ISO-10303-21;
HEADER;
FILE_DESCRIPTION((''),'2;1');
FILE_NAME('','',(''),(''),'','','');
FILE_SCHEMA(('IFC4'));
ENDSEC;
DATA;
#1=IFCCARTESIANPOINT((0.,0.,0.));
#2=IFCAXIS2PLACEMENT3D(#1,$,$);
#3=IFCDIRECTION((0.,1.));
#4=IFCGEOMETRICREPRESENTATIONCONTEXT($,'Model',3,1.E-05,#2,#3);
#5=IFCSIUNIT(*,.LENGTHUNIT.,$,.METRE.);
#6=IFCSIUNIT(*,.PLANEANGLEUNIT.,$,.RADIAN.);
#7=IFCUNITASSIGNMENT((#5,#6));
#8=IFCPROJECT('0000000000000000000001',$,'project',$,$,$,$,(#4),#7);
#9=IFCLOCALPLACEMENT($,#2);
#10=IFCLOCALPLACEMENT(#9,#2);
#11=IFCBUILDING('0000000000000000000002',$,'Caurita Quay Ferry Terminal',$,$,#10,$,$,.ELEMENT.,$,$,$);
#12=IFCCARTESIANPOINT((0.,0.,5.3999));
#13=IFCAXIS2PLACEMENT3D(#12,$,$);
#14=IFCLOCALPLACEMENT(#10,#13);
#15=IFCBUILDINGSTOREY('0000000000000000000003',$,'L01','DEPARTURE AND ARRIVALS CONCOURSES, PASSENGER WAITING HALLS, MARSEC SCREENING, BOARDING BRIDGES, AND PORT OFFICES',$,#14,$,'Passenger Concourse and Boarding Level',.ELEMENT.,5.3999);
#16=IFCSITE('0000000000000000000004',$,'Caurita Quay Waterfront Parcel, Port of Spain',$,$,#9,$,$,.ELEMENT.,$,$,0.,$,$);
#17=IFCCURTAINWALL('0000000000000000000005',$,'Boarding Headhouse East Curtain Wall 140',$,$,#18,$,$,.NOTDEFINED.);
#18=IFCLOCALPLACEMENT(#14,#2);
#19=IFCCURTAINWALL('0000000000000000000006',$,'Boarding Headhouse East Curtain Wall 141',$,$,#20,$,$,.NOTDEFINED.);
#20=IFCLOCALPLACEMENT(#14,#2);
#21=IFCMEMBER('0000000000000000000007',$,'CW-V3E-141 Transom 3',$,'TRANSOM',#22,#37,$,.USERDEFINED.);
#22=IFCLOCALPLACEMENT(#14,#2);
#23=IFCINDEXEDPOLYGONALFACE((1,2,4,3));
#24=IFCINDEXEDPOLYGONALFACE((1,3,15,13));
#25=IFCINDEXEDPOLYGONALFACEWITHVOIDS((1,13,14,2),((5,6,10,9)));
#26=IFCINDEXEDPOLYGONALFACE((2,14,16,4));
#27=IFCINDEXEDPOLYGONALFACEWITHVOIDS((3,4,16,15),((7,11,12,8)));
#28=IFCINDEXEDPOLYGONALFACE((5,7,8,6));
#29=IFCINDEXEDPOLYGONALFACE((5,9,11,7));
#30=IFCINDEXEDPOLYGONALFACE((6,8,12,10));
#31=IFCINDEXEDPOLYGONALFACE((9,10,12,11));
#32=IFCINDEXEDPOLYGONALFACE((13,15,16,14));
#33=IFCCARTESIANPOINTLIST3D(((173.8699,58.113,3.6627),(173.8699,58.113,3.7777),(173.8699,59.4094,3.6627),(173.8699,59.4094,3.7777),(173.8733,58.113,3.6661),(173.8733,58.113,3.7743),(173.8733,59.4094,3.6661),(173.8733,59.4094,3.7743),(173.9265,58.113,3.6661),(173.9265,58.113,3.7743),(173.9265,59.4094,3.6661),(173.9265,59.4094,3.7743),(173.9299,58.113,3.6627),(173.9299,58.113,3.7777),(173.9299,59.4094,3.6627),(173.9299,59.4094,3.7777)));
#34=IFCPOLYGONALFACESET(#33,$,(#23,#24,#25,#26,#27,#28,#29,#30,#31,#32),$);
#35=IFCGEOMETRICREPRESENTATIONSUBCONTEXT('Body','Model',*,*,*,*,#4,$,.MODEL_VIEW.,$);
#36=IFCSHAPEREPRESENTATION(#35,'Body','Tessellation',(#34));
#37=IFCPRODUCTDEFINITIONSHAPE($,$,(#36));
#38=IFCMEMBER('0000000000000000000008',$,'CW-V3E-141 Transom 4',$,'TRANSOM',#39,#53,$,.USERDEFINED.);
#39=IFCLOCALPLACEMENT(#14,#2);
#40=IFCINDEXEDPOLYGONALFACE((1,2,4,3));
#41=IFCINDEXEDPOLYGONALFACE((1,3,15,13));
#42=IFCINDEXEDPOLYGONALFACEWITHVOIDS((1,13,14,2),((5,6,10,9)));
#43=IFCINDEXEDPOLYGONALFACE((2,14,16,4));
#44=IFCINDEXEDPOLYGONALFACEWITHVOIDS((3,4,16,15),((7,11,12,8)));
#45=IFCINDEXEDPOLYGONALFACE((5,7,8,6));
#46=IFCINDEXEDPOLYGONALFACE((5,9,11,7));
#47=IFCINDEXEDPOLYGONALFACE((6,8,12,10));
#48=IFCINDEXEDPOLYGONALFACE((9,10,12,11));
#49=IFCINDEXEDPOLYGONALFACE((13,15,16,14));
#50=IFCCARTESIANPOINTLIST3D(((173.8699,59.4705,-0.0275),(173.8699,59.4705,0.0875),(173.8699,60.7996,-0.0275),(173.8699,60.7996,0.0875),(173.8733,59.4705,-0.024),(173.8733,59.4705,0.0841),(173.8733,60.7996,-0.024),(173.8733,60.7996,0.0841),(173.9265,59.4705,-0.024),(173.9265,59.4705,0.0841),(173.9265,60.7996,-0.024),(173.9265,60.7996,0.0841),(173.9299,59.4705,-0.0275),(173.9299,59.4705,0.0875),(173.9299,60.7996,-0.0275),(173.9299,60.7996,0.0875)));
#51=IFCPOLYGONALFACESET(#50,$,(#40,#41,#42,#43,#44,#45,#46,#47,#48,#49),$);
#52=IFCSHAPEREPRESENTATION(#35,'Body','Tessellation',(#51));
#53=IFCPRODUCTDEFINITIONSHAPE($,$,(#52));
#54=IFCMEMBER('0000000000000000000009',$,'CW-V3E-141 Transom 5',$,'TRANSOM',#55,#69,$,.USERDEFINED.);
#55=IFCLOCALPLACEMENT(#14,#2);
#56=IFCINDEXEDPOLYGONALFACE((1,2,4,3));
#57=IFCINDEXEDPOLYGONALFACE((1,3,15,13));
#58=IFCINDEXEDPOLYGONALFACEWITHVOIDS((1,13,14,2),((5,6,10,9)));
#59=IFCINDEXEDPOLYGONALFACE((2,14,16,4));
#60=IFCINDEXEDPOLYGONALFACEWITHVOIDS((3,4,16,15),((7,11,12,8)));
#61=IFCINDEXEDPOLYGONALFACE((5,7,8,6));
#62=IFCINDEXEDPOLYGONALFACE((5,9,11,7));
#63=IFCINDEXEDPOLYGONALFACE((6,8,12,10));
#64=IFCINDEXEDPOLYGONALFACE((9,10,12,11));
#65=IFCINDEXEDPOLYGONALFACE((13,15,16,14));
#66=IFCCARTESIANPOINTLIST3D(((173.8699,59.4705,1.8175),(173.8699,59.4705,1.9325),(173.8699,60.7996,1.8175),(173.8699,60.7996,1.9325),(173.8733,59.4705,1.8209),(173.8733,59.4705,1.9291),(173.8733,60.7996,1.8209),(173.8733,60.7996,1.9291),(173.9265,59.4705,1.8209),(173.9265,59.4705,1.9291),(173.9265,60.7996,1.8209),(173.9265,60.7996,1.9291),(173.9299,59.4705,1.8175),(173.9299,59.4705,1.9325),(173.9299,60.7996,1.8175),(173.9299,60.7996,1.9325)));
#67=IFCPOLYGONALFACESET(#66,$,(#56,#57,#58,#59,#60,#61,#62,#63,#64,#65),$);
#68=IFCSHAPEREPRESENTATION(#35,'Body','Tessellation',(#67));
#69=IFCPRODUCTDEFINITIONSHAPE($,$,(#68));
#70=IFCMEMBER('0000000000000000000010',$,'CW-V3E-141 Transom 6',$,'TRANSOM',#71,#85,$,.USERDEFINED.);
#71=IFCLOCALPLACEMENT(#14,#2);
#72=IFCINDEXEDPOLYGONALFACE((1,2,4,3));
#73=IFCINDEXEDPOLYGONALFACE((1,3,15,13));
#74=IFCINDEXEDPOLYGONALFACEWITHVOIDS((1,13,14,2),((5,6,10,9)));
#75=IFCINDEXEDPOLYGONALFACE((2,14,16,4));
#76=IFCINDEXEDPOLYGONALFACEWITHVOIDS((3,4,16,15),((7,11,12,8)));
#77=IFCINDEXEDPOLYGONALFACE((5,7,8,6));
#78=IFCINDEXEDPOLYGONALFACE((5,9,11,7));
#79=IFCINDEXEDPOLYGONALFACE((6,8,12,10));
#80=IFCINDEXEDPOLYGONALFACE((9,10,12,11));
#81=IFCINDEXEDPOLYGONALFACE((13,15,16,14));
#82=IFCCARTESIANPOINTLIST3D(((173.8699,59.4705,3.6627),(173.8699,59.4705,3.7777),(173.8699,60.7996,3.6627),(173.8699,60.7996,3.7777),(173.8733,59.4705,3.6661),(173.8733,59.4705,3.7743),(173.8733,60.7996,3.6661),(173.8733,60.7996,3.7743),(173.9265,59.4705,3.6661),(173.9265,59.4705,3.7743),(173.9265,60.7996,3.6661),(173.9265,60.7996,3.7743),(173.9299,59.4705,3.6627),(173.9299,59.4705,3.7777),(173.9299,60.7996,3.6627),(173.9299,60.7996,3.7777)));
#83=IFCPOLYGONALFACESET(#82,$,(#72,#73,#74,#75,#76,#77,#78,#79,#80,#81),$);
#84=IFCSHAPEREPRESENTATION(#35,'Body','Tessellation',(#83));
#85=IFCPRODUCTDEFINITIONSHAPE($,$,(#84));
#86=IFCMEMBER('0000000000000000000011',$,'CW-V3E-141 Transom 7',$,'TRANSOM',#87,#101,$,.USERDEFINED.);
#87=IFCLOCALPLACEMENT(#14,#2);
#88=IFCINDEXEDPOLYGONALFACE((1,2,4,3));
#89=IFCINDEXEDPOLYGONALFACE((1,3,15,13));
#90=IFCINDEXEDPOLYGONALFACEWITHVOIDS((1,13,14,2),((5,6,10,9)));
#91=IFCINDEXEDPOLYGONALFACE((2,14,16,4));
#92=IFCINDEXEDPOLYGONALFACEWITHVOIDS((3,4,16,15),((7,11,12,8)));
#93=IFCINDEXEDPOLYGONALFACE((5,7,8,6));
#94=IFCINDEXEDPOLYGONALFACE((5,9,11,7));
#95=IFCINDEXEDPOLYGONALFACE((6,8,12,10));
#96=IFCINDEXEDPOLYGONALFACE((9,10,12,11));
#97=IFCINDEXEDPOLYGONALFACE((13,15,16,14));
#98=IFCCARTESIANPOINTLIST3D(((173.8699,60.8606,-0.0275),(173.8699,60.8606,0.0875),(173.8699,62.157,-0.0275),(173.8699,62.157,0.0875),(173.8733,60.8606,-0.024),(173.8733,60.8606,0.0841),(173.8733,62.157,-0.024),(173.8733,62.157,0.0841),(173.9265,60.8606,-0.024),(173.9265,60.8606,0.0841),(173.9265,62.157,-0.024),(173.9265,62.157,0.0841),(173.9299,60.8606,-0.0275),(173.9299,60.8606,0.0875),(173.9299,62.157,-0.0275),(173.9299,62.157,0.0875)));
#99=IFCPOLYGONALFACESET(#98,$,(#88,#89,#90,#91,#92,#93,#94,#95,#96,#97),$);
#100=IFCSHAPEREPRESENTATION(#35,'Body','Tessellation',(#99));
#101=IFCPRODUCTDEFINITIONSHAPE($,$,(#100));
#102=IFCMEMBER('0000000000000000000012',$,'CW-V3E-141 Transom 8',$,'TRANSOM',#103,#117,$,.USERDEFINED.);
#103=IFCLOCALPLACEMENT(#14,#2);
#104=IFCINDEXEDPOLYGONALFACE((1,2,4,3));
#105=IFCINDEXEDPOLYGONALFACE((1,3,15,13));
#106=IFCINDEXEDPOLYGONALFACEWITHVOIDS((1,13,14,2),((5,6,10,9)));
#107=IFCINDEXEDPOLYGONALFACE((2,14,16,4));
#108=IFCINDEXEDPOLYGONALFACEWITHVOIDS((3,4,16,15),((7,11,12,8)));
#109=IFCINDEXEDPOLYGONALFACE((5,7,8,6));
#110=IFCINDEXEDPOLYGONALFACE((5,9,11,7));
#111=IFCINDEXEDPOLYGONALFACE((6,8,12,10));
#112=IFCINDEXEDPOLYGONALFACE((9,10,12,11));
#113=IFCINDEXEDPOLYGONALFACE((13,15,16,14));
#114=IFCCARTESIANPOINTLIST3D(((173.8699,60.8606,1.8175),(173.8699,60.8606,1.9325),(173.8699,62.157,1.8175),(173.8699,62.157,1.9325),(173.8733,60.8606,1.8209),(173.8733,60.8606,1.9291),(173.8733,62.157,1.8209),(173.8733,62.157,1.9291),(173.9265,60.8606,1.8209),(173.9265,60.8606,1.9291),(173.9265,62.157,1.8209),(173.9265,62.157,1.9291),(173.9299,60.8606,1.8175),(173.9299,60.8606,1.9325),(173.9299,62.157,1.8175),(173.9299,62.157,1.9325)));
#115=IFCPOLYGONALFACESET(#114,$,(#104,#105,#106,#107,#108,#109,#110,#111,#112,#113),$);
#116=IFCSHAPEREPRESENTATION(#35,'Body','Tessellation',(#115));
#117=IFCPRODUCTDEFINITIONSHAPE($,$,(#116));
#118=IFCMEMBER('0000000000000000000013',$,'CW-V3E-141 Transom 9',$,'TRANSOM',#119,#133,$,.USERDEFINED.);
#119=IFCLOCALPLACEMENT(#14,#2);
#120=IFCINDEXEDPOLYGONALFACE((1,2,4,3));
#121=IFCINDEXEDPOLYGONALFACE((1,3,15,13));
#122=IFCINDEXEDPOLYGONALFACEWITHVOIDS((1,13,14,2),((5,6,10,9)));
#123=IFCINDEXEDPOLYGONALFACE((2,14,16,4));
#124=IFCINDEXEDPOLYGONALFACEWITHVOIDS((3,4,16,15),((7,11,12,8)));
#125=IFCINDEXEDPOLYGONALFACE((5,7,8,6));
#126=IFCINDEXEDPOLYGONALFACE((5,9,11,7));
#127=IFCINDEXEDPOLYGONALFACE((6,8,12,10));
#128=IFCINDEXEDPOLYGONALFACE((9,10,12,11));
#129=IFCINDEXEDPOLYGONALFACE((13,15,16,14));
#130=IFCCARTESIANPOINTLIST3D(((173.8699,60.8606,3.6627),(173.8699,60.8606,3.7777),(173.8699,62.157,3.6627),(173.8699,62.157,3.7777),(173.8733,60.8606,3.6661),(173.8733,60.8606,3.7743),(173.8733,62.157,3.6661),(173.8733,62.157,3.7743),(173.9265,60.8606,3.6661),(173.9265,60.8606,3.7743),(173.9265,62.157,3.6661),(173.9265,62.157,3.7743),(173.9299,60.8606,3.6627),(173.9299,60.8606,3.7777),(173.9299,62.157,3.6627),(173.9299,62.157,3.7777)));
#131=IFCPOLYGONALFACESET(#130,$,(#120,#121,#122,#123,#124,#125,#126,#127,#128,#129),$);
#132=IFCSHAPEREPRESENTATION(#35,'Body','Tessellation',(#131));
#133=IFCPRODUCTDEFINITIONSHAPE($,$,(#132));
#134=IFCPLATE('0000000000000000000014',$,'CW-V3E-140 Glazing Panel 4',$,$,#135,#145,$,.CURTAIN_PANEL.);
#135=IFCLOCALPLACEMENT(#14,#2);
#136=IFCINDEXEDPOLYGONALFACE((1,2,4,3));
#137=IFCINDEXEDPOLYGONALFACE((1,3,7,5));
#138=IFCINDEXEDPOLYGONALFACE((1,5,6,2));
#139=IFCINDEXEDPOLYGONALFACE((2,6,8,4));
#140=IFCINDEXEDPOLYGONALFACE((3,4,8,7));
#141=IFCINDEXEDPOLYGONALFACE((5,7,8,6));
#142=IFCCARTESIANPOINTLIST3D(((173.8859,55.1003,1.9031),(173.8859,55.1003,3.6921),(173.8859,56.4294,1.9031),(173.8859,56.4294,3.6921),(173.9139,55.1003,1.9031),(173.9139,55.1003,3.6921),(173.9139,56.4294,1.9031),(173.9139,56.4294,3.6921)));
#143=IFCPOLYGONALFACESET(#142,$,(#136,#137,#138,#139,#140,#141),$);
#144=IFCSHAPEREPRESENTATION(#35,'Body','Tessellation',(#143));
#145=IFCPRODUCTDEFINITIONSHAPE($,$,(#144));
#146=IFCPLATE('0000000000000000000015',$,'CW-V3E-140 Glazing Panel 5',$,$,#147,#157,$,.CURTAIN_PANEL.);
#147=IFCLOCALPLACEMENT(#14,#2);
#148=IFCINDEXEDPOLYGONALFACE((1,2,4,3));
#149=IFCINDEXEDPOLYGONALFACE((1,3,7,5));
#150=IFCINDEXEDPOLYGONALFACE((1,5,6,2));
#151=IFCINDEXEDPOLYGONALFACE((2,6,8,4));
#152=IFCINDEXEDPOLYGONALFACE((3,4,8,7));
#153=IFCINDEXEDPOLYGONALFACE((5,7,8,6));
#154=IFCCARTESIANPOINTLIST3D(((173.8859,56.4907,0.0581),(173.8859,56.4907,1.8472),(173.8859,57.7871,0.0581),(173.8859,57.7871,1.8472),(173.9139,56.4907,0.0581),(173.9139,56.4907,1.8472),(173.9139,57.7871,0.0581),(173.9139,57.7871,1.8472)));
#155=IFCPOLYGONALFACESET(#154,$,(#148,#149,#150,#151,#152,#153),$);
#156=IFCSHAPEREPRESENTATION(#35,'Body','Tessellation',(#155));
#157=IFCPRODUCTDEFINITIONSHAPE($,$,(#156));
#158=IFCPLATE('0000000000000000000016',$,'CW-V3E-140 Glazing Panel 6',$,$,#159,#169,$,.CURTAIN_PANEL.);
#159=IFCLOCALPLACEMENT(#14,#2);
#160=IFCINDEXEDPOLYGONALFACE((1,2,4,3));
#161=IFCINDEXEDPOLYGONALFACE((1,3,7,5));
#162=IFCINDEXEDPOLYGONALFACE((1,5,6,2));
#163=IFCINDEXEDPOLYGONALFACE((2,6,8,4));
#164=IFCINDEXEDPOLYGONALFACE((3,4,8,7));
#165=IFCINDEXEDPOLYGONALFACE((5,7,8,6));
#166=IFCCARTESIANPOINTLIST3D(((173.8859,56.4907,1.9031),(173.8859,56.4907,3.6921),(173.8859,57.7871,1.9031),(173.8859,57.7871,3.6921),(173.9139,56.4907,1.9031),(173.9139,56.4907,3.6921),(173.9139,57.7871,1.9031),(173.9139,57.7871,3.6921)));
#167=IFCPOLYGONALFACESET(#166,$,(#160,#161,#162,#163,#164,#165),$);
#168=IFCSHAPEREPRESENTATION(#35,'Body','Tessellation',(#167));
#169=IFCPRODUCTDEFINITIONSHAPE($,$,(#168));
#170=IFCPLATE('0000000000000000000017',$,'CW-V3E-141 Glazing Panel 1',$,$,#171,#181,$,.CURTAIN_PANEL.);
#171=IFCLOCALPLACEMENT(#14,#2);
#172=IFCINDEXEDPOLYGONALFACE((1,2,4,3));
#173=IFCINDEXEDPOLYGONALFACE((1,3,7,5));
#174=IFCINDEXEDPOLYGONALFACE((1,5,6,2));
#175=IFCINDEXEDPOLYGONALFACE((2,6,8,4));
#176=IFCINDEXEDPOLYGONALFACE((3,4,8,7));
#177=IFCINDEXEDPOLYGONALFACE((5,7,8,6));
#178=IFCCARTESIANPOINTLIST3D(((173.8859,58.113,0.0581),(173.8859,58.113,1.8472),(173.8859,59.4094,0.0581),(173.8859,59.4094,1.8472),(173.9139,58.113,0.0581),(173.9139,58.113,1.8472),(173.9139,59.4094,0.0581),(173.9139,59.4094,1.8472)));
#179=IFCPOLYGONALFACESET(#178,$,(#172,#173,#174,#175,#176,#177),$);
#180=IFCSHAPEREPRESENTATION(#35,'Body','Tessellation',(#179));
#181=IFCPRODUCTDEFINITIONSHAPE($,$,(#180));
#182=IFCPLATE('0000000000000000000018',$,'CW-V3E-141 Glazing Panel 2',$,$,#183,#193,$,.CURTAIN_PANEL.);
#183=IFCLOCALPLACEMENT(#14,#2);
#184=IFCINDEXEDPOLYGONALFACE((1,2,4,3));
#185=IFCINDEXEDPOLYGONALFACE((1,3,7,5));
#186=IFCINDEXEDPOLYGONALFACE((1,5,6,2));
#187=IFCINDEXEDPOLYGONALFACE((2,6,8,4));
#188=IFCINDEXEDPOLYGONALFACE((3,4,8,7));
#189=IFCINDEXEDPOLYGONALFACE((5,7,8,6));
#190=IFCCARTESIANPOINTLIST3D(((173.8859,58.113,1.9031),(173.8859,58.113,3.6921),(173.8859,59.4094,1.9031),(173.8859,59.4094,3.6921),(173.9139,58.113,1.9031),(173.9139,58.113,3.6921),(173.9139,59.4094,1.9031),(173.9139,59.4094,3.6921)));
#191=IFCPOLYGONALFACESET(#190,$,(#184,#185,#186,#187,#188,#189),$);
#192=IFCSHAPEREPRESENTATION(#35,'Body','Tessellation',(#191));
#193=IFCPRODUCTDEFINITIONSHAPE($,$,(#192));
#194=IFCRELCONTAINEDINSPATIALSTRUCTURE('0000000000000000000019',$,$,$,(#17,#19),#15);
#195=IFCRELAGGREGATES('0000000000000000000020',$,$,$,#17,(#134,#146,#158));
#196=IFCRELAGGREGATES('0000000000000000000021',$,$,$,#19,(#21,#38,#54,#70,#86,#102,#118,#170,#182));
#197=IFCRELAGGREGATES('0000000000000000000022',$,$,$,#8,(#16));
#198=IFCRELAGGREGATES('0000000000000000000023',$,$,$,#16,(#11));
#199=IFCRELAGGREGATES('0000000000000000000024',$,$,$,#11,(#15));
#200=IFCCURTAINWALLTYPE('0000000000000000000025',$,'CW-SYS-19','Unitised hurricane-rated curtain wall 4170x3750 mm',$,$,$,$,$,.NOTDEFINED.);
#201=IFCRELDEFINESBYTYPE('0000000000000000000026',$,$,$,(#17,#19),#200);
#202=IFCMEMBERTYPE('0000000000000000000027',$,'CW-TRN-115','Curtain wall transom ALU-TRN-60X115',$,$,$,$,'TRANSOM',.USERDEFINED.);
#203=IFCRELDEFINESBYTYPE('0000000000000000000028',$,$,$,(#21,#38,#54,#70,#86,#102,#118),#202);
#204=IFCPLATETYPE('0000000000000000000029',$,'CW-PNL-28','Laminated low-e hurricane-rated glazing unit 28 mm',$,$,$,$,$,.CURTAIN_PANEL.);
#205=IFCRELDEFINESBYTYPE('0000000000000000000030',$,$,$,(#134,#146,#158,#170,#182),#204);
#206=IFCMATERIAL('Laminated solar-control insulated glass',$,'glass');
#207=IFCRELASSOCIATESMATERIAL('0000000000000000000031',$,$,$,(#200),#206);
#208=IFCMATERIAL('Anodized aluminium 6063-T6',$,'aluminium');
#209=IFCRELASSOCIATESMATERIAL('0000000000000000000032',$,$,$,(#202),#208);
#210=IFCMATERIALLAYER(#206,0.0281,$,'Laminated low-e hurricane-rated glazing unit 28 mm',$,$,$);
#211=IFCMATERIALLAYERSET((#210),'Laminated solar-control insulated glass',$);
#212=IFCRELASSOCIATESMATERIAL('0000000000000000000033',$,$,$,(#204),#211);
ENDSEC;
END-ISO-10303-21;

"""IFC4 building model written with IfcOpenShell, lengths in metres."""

from ifc_helpers import new_model, si_unit, direction, frame, origin, origin_2d, place, context, subcontext, project, spatial, rectangle, hollow_rectangle, extrude, material, layer, layer_set, material_profile, profile_set, type_object, element, aggregate, save


model = new_model("IFC4")

# Units and contexts
model_context = context("Model", 3, precision=1e-05, world=origin(), true_north=direction((0.0, 1.0)))
body_context = subcontext(model_context, "Body", "Model", "MODEL_VIEW")
ifc_project = project(units=[si_unit("LENGTHUNIT", "METRE"), si_unit("PLANEANGLEUNIT", "RADIAN")], contexts=[model_context])

# Site, building, storey
site_placement = place(None, origin())
site = spatial("IfcSite", under=ifc_project, at=site_placement, Name="Caurita Quay Waterfront Parcel, Port of Spain", CompositionType="ELEMENT", RefElevation=0.0)
building_placement = place(site_placement, origin())
building = spatial("IfcBuilding", under=site, at=building_placement, Name="Caurita Quay Ferry Terminal", CompositionType="ELEMENT")
storey_placement = place(building_placement, frame((0.0, 0.0, 5.3999)))
storey = spatial("IfcBuildingStorey", under=building, at=storey_placement, Name="L01", Description="DEPARTURE AND ARRIVALS CONCOURSES, PASSENGER WAITING HALLS, MARSEC SCREENING, BOARDING BRIDGES, AND PORT OFFICES", LongName="Passenger Concourse and Boarding Level", CompositionType="ELEMENT", Elevation=5.3999)

# Curtain walls
ifc_material_1 = material(Name="Laminated solar-control insulated glass", Category="glass")
curtain_wall_type = type_object("IfcCurtainWallType", Name="CW-SYS-19", Description="Unitised hurricane-rated curtain wall 4170x3750 mm", PredefinedType="NOTDEFINED", material=ifc_material_1)
curtain_wall_1_placement = place(storey_placement, origin())
curtain_wall_1 = element("IfcCurtainWall", 1, at=curtain_wall_1_placement, inside=storey, type_object=curtain_wall_type, Name="Boarding Headhouse East Curtain Wall 140", PredefinedType="NOTDEFINED")
ifc_material_2 = material(Name="Anodized aluminium 6063-T6", Category="aluminium")
curtain_wall_2_placement = place(storey_placement, origin())
curtain_wall_2 = element("IfcCurtainWall", 2, at=curtain_wall_2_placement, inside=storey, type_object=curtain_wall_type, Name="Boarding Headhouse East Curtain Wall 141", PredefinedType="NOTDEFINED")

# Members
ifc_material_profile_1 = material_profile(ifc_material_2, hollow_rectangle(XDim=0.0601, YDim=0.115, WallThickness=0.0034, at=origin_2d()), Name="ALU-TRN-60X115")
ifc_profile_set_1 = profile_set([ifc_material_profile_1], Name="Anodized aluminium 6063-T6")
member_type_1 = type_object("IfcMemberType", Name="CW-TRN-115", Description="Curtain wall transom ALU-TRN-60X115", ElementType="TRANSOM", PredefinedType="USERDEFINED", material=ifc_profile_set_1)
member_1_placement = place(storey_placement, frame((173.8999, 58.113, 3.7202), z_axis=(0.0, 1.0, 0.0), x_axis=(-1.0, 0.0, 0.0)))
member_1 = element("IfcMember", 3, at=member_1_placement, type_object=member_type_1, Name="CW-V3E-141 Transom 3", ObjectType="TRANSOM", PredefinedType="USERDEFINED", context=body_context, shape_type="SweptSolid", body=[
    extrude(hollow_rectangle(XDim=0.0601, YDim=0.115, WallThickness=0.0034, at=origin_2d()), origin(), (0.0, 0.0, 1.0), 1.2964),
])
member_2_placement = place(storey_placement, frame((173.8999, 59.4705, 0.03), z_axis=(0.0, 1.0, 0.0), x_axis=(-1.0, 0.0, 0.0)))
member_2 = element("IfcMember", 4, at=member_2_placement, type_object=member_type_1, Name="CW-V3E-141 Transom 4", ObjectType="TRANSOM", PredefinedType="USERDEFINED", context=body_context, shape_type="SweptSolid", body=[
    extrude(hollow_rectangle(XDim=0.0601, YDim=0.115, WallThickness=0.0034, at=origin_2d()), origin(), (0.0, 0.0, 1.0), 1.3291),
])
member_3_placement = place(storey_placement, frame((173.8999, 59.4705, 1.875), z_axis=(0.0, 1.0, 0.0), x_axis=(-1.0, 0.0, 0.0)))
member_3 = element("IfcMember", 5, at=member_3_placement, type_object=member_type_1, Name="CW-V3E-141 Transom 5", ObjectType="TRANSOM", PredefinedType="USERDEFINED", context=body_context, shape_type="SweptSolid", body=[
    extrude(hollow_rectangle(XDim=0.0601, YDim=0.115, WallThickness=0.0034, at=origin_2d()), origin(), (0.0, 0.0, 1.0), 1.3291),
])
member_4_placement = place(storey_placement, frame((173.8999, 59.4705, 3.7202), z_axis=(0.0, 1.0, 0.0), x_axis=(-1.0, 0.0, 0.0)))
member_4 = element("IfcMember", 6, at=member_4_placement, type_object=member_type_1, Name="CW-V3E-141 Transom 6", ObjectType="TRANSOM", PredefinedType="USERDEFINED", context=body_context, shape_type="SweptSolid", body=[
    extrude(hollow_rectangle(XDim=0.0601, YDim=0.115, WallThickness=0.0034, at=origin_2d()), origin(), (0.0, 0.0, 1.0), 1.3291),
])
member_5_placement = place(storey_placement, frame((173.8999, 60.8606, 0.03), z_axis=(0.0, 1.0, 0.0), x_axis=(-1.0, 0.0, 0.0)))
member_5 = element("IfcMember", 7, at=member_5_placement, type_object=member_type_1, Name="CW-V3E-141 Transom 7", ObjectType="TRANSOM", PredefinedType="USERDEFINED", context=body_context, shape_type="SweptSolid", body=[
    extrude(hollow_rectangle(XDim=0.0601, YDim=0.115, WallThickness=0.0034, at=origin_2d()), origin(), (0.0, 0.0, 1.0), 1.2964),
])
member_6_placement = place(storey_placement, frame((173.8999, 60.8606, 1.875), z_axis=(0.0, 1.0, 0.0), x_axis=(-1.0, 0.0, 0.0)))
member_6 = element("IfcMember", 8, at=member_6_placement, type_object=member_type_1, Name="CW-V3E-141 Transom 8", ObjectType="TRANSOM", PredefinedType="USERDEFINED", context=body_context, shape_type="SweptSolid", body=[
    extrude(hollow_rectangle(XDim=0.0601, YDim=0.115, WallThickness=0.0034, at=origin_2d()), origin(), (0.0, 0.0, 1.0), 1.2964),
])
member_7_placement = place(storey_placement, frame((173.8999, 60.8606, 3.7202), z_axis=(0.0, 1.0, 0.0), x_axis=(-1.0, 0.0, 0.0)))
member_7 = element("IfcMember", 9, at=member_7_placement, type_object=member_type_1, Name="CW-V3E-141 Transom 9", ObjectType="TRANSOM", PredefinedType="USERDEFINED", context=body_context, shape_type="SweptSolid", body=[
    extrude(hollow_rectangle(XDim=0.0601, YDim=0.115, WallThickness=0.0034, at=origin_2d()), origin(), (0.0, 0.0, 1.0), 1.2964),
])

# Plates
ifc_layer = layer(ifc_material_1, 0.0281, Name="Laminated low-e hurricane-rated glazing unit 28 mm")
ifc_layer_set = layer_set([ifc_layer], Name="Laminated solar-control insulated glass")
plate_type = type_object("IfcPlateType", Name="CW-PNL-28", Description="Laminated low-e hurricane-rated glazing unit 28 mm", PredefinedType="CURTAIN_PANEL", material=ifc_layer_set)
plate_1_placement = place(storey_placement, frame((173.8999, 55.7649, 1.9031), z_axis=(0.0, 0.0, 1.0), x_axis=(0.0, 1.0, 0.0)))
plate_1 = element("IfcPlate", 10, at=plate_1_placement, type_object=plate_type, Name="CW-V3E-140 Glazing Panel 4", PredefinedType="CURTAIN_PANEL", context=body_context, shape_type="SweptSolid", body=[
    extrude(rectangle(XDim=1.3291, YDim=0.0281, at=origin_2d()), origin(), (0.0, 0.0, 1.0), 1.7891),
])
plate_2_placement = place(storey_placement, frame((173.8999, 57.1389, 0.0581), z_axis=(0.0, 0.0, 1.0), x_axis=(0.0, 1.0, 0.0)))
plate_2 = element("IfcPlate", 11, at=plate_2_placement, type_object=plate_type, Name="CW-V3E-140 Glazing Panel 5", PredefinedType="CURTAIN_PANEL", context=body_context, shape_type="SweptSolid", body=[
    extrude(rectangle(XDim=1.2964, YDim=0.0281, at=origin_2d()), origin(), (0.0, 0.0, 1.0), 1.7891),
])
plate_3_placement = place(storey_placement, frame((173.8999, 57.1389, 1.9031), z_axis=(0.0, 0.0, 1.0), x_axis=(0.0, 1.0, 0.0)))
plate_3 = element("IfcPlate", 12, at=plate_3_placement, type_object=plate_type, Name="CW-V3E-140 Glazing Panel 6", PredefinedType="CURTAIN_PANEL", context=body_context, shape_type="SweptSolid", body=[
    extrude(rectangle(XDim=1.2964, YDim=0.0281, at=origin_2d()), origin(), (0.0, 0.0, 1.0), 1.7891),
])
aggregate(curtain_wall_1, [plate_1, plate_2, plate_3])
plate_4_placement = place(storey_placement, frame((173.8999, 58.7612, 0.0581), z_axis=(0.0, 0.0, 1.0), x_axis=(0.0, 1.0, 0.0)))
plate_4 = element("IfcPlate", 13, at=plate_4_placement, type_object=plate_type, Name="CW-V3E-141 Glazing Panel 1", PredefinedType="CURTAIN_PANEL", context=body_context, shape_type="SweptSolid", body=[
    extrude(rectangle(XDim=1.2964, YDim=0.0281, at=origin_2d()), origin(), (0.0, 0.0, 1.0), 1.7891),
])
plate_5_placement = place(storey_placement, frame((173.8999, 58.7612, 1.9031), z_axis=(0.0, 0.0, 1.0), x_axis=(0.0, 1.0, 0.0)))
plate_5 = element("IfcPlate", 14, at=plate_5_placement, type_object=plate_type, Name="CW-V3E-141 Glazing Panel 2", PredefinedType="CURTAIN_PANEL", context=body_context, shape_type="SweptSolid", body=[
    extrude(rectangle(XDim=1.2964, YDim=0.0281, at=origin_2d()), origin(), (0.0, 0.0, 1.0), 1.7891),
])
aggregate(curtain_wall_2, [member_1, member_2, member_3, member_4, member_5, member_6, member_7, plate_4, plate_5])

save(model, "model.ifc")
